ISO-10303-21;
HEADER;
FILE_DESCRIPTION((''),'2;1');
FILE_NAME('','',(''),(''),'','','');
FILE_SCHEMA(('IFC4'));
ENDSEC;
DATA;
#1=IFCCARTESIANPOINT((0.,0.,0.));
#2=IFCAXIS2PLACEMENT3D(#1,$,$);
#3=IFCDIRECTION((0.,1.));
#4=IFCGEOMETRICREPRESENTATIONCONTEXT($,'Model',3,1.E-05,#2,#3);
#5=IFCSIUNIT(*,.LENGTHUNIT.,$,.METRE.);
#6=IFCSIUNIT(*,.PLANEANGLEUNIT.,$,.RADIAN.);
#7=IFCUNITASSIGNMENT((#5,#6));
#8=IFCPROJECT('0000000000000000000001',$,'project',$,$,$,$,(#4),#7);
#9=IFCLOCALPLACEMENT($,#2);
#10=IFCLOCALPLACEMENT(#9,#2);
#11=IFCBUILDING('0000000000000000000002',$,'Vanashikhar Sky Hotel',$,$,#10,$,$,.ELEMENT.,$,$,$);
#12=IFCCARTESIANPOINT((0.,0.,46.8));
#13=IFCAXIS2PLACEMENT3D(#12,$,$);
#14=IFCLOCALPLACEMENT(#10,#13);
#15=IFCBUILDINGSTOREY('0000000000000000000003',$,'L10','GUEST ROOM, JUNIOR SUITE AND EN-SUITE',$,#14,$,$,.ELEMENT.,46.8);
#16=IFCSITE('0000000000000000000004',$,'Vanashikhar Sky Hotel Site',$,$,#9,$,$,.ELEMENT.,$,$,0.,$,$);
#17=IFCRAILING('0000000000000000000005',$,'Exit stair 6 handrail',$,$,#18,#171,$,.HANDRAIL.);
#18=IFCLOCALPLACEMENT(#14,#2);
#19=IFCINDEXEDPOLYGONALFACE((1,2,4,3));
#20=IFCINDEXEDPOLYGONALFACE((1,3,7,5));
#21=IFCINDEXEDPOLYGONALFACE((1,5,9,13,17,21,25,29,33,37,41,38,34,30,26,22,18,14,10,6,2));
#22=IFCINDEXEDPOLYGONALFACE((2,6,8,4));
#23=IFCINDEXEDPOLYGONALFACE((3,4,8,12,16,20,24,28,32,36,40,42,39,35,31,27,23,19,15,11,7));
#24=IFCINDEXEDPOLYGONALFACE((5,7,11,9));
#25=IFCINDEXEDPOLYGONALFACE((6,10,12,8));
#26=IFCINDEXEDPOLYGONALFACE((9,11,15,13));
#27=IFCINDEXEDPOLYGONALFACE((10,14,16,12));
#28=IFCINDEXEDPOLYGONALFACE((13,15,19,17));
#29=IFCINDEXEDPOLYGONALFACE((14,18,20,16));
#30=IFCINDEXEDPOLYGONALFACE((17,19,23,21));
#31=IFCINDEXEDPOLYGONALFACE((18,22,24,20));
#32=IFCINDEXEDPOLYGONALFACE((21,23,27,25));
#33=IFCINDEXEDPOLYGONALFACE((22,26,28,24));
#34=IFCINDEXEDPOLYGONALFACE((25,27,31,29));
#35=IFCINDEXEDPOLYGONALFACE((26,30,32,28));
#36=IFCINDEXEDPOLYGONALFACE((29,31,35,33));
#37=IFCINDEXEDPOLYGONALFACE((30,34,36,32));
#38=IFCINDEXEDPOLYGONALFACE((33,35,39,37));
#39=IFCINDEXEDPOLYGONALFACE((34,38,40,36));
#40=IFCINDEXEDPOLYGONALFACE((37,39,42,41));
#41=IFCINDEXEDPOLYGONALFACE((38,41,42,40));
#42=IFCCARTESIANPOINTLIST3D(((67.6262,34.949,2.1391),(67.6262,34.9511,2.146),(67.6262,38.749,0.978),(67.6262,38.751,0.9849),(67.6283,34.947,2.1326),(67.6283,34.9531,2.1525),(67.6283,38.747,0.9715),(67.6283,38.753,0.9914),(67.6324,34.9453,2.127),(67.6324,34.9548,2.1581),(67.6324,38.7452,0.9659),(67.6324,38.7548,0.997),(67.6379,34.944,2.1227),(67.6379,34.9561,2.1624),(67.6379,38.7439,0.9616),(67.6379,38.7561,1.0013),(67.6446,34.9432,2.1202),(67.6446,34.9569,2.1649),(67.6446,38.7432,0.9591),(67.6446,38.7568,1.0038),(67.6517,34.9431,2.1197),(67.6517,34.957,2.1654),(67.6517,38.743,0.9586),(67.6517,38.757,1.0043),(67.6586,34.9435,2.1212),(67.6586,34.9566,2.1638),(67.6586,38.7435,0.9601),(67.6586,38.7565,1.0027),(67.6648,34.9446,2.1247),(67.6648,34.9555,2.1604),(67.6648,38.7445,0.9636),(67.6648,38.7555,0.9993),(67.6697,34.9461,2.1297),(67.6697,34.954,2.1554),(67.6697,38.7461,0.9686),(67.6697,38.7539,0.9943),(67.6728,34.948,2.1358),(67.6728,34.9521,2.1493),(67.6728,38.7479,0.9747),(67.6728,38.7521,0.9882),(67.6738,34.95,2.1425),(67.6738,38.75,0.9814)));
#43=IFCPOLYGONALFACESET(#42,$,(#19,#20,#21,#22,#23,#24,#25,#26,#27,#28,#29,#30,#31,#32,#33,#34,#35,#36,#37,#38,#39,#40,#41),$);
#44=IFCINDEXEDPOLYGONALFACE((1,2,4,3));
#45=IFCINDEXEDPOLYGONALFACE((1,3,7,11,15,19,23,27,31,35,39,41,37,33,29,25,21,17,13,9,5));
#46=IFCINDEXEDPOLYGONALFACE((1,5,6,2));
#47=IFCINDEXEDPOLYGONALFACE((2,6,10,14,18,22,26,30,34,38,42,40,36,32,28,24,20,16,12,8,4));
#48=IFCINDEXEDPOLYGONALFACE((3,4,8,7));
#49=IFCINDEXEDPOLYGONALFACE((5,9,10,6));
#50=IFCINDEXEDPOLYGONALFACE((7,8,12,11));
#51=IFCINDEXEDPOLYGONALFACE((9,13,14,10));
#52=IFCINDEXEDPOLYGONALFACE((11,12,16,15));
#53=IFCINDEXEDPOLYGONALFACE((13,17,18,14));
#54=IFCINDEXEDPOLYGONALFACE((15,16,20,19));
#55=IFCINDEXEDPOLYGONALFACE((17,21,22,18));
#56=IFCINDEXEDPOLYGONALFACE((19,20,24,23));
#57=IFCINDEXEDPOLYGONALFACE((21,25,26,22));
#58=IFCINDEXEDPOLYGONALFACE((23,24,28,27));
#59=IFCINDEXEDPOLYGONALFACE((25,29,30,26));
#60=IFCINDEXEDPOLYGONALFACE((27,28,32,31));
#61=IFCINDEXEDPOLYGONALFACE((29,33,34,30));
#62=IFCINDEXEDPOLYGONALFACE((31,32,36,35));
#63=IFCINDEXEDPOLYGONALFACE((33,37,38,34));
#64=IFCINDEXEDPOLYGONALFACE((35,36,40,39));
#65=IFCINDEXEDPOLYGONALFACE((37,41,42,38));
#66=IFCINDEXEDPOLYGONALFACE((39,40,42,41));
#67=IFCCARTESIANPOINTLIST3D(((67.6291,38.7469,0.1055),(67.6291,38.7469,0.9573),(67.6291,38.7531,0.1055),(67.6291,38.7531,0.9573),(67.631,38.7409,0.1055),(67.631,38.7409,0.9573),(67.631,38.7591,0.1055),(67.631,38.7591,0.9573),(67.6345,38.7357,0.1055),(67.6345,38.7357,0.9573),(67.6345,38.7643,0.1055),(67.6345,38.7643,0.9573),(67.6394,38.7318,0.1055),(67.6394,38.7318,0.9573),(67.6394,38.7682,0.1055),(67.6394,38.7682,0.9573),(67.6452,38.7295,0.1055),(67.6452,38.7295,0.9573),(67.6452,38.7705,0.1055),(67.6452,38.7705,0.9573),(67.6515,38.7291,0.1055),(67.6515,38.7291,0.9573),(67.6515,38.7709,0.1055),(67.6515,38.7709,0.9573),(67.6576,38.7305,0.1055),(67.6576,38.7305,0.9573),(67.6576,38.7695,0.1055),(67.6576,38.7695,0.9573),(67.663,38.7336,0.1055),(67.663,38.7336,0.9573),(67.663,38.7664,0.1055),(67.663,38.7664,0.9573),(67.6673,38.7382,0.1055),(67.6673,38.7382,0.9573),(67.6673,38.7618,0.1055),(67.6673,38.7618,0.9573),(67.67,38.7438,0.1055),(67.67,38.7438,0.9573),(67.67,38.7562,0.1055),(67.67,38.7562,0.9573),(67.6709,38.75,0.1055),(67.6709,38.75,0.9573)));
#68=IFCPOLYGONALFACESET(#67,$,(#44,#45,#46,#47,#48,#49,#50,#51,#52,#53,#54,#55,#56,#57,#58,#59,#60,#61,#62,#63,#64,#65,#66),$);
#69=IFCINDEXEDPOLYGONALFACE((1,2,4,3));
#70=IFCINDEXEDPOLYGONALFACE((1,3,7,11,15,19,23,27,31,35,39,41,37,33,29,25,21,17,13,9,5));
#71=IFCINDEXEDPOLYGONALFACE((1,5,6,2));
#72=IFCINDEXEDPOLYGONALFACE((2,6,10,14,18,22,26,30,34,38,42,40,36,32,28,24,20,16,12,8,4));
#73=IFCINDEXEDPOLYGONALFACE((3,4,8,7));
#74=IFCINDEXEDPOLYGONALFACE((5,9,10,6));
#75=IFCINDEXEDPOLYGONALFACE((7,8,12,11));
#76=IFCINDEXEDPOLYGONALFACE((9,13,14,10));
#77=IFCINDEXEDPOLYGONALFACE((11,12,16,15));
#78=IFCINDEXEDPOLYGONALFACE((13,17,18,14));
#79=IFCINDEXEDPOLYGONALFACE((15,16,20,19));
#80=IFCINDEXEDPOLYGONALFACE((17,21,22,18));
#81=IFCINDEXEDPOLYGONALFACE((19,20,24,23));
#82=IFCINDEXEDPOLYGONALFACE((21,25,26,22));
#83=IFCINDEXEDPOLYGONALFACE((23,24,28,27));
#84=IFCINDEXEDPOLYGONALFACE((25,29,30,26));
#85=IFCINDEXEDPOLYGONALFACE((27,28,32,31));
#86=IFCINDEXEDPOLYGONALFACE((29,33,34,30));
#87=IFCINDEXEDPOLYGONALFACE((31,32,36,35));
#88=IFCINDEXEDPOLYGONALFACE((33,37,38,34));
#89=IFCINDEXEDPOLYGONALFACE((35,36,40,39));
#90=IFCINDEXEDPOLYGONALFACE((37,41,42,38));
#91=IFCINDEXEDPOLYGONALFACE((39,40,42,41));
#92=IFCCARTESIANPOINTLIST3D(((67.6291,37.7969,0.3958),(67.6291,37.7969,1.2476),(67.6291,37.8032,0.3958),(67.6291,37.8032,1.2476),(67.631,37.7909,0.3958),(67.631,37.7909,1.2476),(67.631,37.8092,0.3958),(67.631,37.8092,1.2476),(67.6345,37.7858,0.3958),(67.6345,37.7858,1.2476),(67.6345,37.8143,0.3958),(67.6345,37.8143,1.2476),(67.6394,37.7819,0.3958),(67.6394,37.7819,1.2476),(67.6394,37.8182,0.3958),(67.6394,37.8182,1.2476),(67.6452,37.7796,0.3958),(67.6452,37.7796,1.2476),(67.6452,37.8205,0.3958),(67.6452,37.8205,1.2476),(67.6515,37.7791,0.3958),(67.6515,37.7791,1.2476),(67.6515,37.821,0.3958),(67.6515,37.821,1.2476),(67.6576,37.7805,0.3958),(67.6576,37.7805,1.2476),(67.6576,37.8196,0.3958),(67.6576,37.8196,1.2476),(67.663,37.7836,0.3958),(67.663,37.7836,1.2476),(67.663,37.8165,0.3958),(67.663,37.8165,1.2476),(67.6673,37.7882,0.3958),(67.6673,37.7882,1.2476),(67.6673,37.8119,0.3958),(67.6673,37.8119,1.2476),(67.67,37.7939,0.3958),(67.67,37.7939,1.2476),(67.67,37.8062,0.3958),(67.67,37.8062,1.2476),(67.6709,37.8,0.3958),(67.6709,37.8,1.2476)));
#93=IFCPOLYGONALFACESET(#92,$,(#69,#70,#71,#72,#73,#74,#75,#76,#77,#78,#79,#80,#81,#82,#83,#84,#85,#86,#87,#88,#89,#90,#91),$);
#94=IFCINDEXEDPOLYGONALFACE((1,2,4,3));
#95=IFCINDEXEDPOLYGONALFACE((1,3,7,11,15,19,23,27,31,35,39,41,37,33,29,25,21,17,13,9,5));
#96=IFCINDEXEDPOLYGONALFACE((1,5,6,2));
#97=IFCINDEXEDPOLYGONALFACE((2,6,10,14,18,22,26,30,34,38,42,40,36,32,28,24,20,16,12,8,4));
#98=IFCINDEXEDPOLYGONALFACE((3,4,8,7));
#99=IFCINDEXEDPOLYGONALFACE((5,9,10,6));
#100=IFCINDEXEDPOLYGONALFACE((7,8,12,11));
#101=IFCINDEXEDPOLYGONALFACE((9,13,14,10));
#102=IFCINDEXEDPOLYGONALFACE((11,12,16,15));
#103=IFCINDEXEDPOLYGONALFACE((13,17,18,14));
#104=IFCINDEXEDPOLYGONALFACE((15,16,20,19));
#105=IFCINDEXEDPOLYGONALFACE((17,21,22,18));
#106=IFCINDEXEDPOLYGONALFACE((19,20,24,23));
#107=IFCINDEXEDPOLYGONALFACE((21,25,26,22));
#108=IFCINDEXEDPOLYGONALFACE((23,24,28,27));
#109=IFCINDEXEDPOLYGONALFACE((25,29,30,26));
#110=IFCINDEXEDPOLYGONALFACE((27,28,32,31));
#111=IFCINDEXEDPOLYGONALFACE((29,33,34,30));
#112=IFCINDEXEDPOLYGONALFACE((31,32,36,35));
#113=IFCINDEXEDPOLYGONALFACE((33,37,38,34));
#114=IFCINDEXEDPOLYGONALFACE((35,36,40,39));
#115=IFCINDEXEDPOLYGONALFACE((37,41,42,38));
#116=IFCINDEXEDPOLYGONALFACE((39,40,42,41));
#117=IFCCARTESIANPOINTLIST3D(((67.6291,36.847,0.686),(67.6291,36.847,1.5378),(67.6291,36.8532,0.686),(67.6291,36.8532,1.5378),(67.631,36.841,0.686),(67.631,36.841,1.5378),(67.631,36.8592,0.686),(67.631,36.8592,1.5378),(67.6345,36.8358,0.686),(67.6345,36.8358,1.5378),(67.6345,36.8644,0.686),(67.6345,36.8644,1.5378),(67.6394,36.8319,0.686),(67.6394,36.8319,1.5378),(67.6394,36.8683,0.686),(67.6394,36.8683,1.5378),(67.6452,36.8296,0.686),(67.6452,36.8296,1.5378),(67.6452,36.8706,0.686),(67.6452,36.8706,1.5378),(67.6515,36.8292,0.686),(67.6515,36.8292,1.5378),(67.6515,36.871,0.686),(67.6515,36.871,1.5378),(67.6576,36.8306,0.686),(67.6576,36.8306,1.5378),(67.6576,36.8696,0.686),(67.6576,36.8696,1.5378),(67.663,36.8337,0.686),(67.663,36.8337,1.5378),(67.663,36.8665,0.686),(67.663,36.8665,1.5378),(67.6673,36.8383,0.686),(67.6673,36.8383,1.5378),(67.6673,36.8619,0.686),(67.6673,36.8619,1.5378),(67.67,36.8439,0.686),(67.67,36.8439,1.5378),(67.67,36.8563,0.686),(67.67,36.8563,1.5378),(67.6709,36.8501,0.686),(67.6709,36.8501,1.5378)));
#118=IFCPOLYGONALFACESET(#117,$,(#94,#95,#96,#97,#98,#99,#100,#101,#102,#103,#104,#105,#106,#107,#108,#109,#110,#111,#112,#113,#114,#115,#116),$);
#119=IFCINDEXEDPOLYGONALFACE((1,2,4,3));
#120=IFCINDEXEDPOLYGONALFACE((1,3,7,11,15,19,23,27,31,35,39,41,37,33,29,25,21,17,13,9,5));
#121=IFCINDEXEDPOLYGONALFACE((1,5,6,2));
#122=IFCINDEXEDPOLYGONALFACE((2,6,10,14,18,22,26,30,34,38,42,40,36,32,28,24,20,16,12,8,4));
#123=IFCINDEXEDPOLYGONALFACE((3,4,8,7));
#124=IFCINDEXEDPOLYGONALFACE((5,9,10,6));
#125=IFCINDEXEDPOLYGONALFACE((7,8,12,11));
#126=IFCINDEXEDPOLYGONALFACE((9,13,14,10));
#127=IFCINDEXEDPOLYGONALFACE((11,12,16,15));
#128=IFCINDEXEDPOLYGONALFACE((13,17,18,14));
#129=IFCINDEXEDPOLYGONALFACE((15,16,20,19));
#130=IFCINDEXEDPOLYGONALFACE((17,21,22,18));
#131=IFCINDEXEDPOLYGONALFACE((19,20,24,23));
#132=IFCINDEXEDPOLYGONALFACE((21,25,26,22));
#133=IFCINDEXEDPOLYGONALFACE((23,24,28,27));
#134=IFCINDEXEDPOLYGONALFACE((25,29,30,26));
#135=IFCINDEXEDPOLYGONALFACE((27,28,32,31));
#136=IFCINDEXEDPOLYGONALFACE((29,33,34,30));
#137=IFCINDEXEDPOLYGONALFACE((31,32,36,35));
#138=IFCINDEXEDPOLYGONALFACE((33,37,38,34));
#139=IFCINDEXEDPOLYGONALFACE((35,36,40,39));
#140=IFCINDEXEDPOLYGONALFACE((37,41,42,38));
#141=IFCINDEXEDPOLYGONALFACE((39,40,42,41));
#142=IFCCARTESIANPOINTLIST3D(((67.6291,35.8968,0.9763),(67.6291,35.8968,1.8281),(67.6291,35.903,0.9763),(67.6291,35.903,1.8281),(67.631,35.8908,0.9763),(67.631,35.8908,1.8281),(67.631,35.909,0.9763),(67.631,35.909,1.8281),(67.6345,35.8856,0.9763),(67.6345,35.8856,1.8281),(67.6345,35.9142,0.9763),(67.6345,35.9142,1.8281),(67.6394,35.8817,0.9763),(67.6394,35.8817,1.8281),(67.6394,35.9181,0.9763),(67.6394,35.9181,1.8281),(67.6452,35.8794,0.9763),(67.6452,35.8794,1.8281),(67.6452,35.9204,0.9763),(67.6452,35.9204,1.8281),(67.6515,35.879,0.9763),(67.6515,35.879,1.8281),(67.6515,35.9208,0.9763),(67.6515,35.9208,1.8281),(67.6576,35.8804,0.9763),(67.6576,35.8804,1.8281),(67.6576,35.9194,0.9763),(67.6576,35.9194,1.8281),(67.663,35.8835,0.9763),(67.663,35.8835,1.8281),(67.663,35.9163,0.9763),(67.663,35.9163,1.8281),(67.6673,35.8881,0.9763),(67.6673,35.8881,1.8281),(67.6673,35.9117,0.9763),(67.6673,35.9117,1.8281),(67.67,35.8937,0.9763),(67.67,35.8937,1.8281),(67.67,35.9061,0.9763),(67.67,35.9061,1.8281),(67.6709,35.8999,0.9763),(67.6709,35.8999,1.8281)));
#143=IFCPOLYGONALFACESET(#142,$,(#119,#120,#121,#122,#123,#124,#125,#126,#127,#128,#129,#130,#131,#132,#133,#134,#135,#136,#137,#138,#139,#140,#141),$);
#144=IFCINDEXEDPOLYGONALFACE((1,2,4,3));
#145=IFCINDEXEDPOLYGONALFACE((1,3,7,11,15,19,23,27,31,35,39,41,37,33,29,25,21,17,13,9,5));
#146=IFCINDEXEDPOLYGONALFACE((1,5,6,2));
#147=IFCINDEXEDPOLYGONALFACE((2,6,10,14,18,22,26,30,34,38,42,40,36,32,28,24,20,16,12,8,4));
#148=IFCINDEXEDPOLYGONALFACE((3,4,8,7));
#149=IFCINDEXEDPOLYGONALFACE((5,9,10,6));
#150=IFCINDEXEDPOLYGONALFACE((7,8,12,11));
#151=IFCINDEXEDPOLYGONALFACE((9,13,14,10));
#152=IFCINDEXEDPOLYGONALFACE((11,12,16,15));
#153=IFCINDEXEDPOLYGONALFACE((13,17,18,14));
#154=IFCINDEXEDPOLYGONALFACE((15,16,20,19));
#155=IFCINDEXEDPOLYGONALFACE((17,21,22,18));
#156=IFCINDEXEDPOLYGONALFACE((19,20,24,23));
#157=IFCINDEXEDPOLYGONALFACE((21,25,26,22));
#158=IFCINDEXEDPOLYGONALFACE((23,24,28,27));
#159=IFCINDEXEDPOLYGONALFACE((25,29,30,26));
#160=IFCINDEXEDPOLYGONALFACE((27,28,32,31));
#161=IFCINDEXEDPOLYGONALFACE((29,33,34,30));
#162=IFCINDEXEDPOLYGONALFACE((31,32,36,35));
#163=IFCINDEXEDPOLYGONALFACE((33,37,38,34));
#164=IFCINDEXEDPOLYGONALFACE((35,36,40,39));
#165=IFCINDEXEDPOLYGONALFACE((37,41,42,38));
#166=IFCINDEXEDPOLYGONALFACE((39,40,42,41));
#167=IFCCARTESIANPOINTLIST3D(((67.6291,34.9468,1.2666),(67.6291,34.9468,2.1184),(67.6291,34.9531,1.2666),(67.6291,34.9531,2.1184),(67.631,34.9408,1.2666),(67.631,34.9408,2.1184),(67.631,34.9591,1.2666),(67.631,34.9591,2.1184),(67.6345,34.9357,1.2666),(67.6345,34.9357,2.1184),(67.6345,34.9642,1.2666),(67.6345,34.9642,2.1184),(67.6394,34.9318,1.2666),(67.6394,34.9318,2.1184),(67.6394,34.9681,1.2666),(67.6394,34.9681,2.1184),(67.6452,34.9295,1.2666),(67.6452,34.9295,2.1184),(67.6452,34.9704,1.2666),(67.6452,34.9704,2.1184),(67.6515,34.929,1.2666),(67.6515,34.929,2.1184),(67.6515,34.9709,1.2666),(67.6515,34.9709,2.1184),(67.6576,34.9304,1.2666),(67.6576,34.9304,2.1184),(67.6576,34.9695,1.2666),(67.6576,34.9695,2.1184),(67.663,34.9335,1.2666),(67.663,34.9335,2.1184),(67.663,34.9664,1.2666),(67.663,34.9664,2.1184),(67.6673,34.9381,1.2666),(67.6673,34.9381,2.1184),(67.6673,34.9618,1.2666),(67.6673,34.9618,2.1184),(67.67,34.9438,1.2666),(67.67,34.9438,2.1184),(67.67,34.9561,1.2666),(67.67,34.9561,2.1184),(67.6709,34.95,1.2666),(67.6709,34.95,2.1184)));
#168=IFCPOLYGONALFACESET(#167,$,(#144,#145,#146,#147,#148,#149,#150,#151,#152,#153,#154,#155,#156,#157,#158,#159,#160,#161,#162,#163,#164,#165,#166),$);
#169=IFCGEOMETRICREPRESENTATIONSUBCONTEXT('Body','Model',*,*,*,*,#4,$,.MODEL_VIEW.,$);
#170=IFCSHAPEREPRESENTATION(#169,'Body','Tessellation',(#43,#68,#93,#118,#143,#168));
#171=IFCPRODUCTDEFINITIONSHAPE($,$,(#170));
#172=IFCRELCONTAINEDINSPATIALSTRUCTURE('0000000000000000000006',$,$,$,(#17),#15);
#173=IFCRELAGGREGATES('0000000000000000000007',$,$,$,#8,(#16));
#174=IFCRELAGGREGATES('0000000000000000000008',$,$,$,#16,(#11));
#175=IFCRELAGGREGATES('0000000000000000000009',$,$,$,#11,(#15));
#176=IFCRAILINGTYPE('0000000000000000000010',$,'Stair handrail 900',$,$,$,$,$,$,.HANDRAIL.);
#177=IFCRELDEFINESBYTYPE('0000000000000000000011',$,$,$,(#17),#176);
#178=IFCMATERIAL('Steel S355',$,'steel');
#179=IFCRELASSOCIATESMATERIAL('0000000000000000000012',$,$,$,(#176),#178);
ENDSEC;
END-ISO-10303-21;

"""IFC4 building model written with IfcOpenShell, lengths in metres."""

from ifc_helpers import new_model, si_unit, direction, frame, origin, origin_2d, place, context, subcontext, project, spatial, circle, extrude, source, transform, mapped, material, type_object, element, save


model = new_model("IFC4")

# Units and contexts
model_context = context("Model", 3, precision=1e-05, world=origin(), true_north=direction((0.0, 1.0)))
body_context = subcontext(model_context, "Body", "Model", "MODEL_VIEW")
ifc_project = project(units=[si_unit("LENGTHUNIT", "METRE"), si_unit("PLANEANGLEUNIT", "RADIAN")], contexts=[model_context])

# Site, building, storey
site_placement = place(None, origin())
site = spatial("IfcSite", under=ifc_project, at=site_placement, Name="Vanashikhar Sky Hotel Site", CompositionType="ELEMENT", RefElevation=0.0)
building_placement = place(site_placement, origin())
building = spatial("IfcBuilding", under=site, at=building_placement, Name="Vanashikhar Sky Hotel", CompositionType="ELEMENT")
storey_placement = place(building_placement, frame((0.0, 0.0, 46.8)))
storey = spatial("IfcBuildingStorey", under=building, at=storey_placement, Name="L10", Description="GUEST ROOM, JUNIOR SUITE AND EN-SUITE", CompositionType="ELEMENT", Elevation=46.8)

# Railing
ifc_material_1 = material(Name="Steel S355", Category="steel")
railing_type_1 = type_object("IfcRailingType", Name="Stair handrail 900", PredefinedType="HANDRAIL", material=ifc_material_1)
shared_shape_1 = source(origin(), body_context, "Body", "SweptSolid", [
    extrude(circle(Radius=0.0239, at=origin_2d()), frame((0.0, 0.0, 0.876), z_axis=(0.0, -0.956351, 0.29222), x_axis=(1.0, 0.0, 0.0)), (0.0, 0.0, 1.0), 3.9734),
    extrude(circle(Radius=0.021, at=origin_2d()), origin(), (0.0, 0.0, 1.0), 0.8518),
    extrude(circle(Radius=0.021, at=origin_2d()), frame((0.0, -0.95, 0.2903)), (0.0, 0.0, 1.0), 0.8518),
    extrude(circle(Radius=0.021, at=origin_2d()), frame((0.0, -1.8999, 0.5806)), (0.0, 0.0, 1.0), 0.8518),
    extrude(circle(Radius=0.021, at=origin_2d()), frame((0.0, -2.8501, 0.8708)), (0.0, 0.0, 1.0), 0.8518),
    extrude(circle(Radius=0.021, at=origin_2d()), frame((0.0, -3.8, 1.1611)), (0.0, 0.0, 1.0), 0.8518),
])
for number, where, name in (
    (1, (67.6499, 38.75, 0.1055), "Exit stair 6 handrail"),
):
    element("IfcRailing", number, at=place(storey_placement, frame(where)), inside=storey, type_object=railing_type_1, Name=name, PredefinedType="HANDRAIL", context=body_context, shape_type="MappedRepresentation", body=[
        mapped(shared_shape_1, transform((0.0, 0.0, 0.0), scale=1.0)),
    ])

save(model, "model.ifc")
